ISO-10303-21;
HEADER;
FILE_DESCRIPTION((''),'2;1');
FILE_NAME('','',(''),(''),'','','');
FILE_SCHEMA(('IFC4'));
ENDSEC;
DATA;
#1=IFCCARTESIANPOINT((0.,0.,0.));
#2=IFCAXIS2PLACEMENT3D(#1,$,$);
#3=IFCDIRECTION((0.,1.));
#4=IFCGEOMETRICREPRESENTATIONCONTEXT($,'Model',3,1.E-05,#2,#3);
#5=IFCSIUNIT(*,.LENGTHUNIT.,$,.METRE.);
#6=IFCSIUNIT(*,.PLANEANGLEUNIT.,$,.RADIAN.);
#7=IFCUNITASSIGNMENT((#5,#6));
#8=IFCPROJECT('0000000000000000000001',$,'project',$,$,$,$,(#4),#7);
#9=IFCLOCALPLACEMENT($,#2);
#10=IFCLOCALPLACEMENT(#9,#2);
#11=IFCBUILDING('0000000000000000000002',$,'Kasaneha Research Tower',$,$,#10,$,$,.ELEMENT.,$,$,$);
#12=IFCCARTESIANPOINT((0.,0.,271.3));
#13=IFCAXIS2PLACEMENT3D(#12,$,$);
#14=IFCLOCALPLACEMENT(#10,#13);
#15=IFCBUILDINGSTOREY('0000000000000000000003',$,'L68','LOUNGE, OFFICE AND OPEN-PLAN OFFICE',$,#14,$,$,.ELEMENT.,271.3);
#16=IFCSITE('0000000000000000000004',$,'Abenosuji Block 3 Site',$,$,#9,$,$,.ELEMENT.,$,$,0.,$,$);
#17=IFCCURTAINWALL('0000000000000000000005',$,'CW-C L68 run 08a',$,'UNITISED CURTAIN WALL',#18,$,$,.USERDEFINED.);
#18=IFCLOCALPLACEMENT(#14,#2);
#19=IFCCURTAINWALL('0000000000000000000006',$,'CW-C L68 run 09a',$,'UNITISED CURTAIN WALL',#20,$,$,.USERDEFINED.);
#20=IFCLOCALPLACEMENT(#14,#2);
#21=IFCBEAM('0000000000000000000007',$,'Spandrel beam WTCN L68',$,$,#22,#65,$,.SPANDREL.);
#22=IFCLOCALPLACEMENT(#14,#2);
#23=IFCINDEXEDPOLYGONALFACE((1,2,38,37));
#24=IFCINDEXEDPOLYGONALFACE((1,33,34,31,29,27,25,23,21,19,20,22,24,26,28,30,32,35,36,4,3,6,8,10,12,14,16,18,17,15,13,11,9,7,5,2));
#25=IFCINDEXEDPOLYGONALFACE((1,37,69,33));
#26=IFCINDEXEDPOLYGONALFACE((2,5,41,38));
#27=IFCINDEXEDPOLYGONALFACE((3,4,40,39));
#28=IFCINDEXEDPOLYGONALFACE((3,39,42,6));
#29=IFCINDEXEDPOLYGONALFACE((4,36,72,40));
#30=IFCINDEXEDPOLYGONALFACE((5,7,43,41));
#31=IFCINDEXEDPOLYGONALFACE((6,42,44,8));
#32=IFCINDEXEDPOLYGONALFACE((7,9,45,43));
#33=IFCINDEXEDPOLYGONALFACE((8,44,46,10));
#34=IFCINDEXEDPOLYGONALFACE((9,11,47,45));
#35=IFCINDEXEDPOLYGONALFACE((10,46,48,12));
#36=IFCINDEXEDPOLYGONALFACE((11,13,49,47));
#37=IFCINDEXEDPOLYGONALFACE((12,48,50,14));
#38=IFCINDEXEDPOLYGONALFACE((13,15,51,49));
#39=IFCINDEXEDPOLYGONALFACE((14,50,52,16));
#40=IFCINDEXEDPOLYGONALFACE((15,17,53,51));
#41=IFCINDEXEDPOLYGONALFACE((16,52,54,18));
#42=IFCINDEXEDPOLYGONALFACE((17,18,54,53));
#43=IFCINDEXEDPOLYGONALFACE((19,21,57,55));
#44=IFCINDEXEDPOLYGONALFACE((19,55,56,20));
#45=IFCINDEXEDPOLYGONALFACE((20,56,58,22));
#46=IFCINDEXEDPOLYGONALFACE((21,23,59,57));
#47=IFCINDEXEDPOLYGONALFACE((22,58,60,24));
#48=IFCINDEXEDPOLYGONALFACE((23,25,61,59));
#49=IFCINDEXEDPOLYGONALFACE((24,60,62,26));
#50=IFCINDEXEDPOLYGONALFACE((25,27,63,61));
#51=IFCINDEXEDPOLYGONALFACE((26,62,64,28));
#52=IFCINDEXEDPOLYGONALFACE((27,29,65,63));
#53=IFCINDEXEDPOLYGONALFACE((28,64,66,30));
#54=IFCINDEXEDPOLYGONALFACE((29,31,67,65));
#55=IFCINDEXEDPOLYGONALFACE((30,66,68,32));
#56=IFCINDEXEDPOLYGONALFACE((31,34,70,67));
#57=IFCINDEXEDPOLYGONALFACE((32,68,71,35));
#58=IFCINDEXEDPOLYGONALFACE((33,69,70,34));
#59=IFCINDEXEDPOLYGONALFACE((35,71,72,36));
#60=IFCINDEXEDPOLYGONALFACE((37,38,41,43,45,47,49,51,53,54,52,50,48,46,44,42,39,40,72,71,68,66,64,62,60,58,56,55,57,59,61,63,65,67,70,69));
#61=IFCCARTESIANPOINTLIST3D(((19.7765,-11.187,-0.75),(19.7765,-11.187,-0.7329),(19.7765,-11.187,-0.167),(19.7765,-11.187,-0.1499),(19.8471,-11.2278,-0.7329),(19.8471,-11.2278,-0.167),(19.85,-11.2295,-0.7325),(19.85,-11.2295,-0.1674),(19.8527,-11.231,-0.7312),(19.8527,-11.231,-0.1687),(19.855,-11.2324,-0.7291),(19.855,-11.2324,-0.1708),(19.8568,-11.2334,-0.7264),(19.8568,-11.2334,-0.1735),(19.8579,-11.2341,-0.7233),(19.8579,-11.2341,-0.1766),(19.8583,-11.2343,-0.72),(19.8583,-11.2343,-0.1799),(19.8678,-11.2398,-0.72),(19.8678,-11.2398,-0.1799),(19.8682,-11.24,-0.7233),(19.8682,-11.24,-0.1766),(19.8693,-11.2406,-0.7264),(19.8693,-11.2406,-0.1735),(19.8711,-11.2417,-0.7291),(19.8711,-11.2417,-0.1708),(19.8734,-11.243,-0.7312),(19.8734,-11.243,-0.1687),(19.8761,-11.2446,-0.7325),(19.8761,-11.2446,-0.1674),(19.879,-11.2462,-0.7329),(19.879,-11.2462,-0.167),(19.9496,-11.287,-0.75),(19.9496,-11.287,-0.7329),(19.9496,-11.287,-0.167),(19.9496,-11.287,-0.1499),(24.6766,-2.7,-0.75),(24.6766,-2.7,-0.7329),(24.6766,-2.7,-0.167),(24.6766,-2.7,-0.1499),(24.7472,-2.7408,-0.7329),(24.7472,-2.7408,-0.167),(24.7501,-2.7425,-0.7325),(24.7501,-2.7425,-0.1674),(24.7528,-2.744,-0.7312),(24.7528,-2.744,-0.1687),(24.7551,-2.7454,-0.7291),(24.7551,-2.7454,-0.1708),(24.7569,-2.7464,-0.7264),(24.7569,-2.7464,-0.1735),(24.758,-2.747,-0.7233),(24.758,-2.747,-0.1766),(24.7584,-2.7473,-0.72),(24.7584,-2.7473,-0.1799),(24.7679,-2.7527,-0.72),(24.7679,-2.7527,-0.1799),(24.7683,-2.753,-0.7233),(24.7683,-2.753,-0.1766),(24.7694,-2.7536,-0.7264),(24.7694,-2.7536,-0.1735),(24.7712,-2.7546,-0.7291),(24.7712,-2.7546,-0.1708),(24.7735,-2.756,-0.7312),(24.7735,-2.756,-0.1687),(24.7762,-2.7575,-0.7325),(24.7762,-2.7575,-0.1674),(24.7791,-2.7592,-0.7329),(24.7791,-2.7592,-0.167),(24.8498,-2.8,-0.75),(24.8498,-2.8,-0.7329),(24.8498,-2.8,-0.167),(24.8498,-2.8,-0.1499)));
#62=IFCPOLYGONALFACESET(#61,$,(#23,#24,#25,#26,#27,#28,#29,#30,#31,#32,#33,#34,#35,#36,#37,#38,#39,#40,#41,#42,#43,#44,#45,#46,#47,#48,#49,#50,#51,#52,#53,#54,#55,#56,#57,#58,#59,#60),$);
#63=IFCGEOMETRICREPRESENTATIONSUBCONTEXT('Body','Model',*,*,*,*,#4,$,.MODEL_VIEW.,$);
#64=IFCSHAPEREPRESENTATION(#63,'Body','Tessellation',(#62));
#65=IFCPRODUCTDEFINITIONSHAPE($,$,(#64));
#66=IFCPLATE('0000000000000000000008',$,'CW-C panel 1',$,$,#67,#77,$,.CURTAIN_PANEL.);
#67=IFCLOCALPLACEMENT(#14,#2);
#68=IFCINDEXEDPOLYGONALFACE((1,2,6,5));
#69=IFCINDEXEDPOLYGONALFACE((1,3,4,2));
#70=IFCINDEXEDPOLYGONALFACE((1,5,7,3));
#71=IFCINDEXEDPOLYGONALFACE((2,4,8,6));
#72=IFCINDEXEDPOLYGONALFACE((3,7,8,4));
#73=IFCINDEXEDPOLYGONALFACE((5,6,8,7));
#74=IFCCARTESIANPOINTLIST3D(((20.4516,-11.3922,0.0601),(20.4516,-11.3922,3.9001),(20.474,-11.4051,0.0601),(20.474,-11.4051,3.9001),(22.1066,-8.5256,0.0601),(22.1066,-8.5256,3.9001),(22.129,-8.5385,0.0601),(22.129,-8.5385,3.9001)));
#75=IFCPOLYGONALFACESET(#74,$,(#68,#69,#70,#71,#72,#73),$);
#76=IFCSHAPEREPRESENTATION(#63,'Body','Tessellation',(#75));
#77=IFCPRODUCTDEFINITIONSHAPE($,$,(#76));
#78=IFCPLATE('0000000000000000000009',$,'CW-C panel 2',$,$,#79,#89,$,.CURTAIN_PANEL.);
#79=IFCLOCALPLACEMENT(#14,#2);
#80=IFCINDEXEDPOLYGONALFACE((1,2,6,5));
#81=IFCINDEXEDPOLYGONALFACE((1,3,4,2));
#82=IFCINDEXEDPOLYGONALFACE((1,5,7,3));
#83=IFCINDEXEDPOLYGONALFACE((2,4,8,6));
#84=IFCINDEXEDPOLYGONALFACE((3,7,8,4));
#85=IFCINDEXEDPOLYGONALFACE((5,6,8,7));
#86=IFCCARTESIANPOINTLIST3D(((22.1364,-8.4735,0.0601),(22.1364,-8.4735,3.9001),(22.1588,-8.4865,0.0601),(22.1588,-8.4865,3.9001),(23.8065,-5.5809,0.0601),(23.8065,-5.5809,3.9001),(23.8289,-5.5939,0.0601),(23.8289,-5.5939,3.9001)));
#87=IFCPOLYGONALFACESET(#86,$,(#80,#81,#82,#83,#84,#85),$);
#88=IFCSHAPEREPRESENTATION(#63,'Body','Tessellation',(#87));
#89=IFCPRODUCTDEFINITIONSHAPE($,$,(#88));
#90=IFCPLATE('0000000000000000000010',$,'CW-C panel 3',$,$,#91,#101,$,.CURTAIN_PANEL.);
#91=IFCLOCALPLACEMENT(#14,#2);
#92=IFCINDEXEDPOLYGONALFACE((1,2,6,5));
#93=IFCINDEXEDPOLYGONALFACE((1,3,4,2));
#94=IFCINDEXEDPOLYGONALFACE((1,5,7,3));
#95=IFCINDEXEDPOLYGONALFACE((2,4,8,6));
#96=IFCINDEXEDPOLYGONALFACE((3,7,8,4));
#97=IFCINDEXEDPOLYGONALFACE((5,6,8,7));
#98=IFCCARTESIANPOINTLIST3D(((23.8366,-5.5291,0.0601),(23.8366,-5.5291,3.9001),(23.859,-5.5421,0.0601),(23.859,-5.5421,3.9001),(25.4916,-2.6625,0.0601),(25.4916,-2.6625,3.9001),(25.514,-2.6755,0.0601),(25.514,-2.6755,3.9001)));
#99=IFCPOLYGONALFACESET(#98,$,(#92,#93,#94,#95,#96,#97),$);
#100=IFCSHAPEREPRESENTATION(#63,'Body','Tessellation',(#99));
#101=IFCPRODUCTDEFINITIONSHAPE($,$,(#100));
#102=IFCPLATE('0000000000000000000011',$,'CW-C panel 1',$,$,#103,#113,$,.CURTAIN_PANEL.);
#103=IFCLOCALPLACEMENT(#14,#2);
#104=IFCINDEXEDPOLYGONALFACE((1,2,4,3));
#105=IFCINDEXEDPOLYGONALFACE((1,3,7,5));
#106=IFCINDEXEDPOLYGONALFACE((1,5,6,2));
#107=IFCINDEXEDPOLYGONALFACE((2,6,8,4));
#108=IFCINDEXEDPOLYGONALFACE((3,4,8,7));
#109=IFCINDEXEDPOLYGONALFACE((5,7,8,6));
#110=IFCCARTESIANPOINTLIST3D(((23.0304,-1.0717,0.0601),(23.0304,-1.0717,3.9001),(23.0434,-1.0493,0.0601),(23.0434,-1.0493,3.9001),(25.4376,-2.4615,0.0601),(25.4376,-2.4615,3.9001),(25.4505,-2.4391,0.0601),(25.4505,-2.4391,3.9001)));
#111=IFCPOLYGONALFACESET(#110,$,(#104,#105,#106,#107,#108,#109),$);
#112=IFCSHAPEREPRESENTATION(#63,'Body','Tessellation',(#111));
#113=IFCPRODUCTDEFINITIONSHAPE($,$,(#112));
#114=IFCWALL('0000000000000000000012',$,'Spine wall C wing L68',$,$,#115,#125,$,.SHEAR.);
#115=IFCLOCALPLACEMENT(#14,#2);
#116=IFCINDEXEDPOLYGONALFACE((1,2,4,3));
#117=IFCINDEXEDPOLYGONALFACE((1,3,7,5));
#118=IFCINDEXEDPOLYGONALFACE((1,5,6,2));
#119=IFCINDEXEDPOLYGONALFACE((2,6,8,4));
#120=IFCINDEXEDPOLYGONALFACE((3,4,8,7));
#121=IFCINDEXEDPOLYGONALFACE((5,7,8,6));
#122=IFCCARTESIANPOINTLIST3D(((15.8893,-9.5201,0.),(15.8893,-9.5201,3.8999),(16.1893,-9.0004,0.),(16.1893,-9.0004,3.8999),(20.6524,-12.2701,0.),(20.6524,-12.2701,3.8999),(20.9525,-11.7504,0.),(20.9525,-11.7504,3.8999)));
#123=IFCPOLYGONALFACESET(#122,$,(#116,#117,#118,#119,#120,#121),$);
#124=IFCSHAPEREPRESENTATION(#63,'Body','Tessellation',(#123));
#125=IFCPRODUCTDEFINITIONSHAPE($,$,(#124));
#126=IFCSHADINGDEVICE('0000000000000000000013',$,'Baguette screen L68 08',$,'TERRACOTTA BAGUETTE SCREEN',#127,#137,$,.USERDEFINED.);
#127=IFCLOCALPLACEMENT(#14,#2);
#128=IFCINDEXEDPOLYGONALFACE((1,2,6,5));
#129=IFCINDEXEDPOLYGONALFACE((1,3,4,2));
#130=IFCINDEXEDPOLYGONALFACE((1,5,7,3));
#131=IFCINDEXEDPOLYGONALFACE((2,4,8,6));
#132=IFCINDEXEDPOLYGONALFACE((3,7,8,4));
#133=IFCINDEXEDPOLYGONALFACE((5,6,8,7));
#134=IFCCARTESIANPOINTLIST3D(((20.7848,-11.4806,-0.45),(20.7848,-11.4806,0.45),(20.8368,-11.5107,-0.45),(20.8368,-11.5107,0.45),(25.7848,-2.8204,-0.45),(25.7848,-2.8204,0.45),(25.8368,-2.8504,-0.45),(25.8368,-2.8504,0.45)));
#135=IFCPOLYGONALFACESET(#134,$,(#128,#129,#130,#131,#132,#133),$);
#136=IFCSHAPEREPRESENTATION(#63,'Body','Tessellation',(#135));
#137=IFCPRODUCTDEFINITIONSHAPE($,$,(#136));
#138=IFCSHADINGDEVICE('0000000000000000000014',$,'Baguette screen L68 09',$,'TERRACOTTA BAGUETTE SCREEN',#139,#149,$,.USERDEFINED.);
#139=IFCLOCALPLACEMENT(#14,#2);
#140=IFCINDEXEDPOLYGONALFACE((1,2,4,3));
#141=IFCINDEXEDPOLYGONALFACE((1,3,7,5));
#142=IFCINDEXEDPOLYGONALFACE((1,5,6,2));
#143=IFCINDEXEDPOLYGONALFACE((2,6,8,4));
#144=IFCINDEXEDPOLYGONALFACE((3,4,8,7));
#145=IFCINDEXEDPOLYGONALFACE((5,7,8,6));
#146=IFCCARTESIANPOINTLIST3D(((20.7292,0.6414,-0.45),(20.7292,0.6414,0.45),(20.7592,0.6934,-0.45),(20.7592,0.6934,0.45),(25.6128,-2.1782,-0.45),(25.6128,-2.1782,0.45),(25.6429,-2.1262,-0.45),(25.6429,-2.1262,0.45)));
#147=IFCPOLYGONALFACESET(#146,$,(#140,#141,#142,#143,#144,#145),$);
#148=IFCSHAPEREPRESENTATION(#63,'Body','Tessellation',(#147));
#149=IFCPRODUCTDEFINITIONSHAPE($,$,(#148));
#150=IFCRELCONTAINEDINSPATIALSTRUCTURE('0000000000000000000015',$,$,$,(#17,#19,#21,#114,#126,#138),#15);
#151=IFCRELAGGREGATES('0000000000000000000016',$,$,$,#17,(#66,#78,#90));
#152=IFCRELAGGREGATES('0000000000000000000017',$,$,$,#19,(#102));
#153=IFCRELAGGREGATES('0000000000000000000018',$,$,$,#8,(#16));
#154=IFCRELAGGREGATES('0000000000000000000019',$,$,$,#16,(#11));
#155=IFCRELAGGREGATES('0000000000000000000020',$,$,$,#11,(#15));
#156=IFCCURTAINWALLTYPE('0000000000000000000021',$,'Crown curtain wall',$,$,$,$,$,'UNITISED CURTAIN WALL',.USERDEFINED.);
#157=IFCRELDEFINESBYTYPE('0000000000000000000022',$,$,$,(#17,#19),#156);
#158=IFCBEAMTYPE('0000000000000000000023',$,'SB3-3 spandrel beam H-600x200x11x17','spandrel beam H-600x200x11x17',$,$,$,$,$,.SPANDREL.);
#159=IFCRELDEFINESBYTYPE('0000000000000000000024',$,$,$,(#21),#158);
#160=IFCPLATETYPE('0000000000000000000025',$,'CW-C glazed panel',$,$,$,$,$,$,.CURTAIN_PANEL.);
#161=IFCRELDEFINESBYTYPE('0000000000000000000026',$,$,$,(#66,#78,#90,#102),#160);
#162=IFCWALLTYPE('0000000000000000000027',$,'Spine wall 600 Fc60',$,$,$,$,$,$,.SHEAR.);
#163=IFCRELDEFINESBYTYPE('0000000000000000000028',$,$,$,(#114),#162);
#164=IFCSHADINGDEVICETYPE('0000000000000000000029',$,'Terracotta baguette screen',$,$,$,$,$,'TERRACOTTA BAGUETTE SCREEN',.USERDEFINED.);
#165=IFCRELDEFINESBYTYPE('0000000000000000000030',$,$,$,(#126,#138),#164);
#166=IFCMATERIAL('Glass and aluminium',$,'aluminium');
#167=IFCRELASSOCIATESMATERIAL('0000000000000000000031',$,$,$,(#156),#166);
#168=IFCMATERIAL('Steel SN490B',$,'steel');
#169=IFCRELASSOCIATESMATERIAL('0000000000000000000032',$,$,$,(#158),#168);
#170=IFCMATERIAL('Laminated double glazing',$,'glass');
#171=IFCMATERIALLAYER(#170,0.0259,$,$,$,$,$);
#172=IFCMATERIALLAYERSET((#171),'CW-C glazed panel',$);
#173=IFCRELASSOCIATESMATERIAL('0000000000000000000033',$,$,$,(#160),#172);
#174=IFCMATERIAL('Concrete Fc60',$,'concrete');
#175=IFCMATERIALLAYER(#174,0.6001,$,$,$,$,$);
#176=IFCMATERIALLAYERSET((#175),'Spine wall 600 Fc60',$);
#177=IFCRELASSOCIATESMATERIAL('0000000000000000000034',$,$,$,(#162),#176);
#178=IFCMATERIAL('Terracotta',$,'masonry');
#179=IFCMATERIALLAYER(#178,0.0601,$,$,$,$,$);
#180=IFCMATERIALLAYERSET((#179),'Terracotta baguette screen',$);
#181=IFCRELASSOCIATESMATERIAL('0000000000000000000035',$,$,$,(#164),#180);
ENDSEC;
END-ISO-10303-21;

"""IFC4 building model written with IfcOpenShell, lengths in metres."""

from ifc_helpers import new_model, si_unit, direction, frame, frame_2d, origin, origin_2d, place, context, subcontext, project, spatial, rectangle, i_section, extrude, material, layer, layer_set, material_profile, profile_set, type_object, element, aggregate, save


model = new_model("IFC4")

# Units and contexts
model_context = context("Model", 3, precision=1e-05, world=origin(), true_north=direction((0.0, 1.0)))
body_context = subcontext(model_context, "Body", "Model", "MODEL_VIEW")
ifc_project = project(units=[si_unit("LENGTHUNIT", "METRE"), si_unit("PLANEANGLEUNIT", "RADIAN")], contexts=[model_context])

# Site, building, storey
site_placement = place(None, origin())
site = spatial("IfcSite", under=ifc_project, at=site_placement, Name="Abenosuji Block 3 Site", CompositionType="ELEMENT", RefElevation=0.0)
building_placement = place(site_placement, origin())
building = spatial("IfcBuilding", under=site, at=building_placement, Name="Kasaneha Research Tower", CompositionType="ELEMENT")
storey_placement = place(building_placement, frame((0.0, 0.0, 271.3)))
storey = spatial("IfcBuildingStorey", under=building, at=storey_placement, Name="L68", Description="LOUNGE, OFFICE AND OPEN-PLAN OFFICE", CompositionType="ELEMENT", Elevation=271.3)

# Curtain walls
ifc_material_1 = material(Name="Glass and aluminium", Category="aluminium")
curtain_wall_type = type_object("IfcCurtainWallType", Name="Crown curtain wall", ElementType="UNITISED CURTAIN WALL", PredefinedType="USERDEFINED", material=ifc_material_1)
curtain_wall_1_placement = place(storey_placement, origin())
curtain_wall_1 = element("IfcCurtainWall", 1, at=curtain_wall_1_placement, inside=storey, type_object=curtain_wall_type, Name="CW-C L68 run 08a", ObjectType="UNITISED CURTAIN WALL", PredefinedType="USERDEFINED")
curtain_wall_2_placement = place(storey_placement, origin())
curtain_wall_2 = element("IfcCurtainWall", 2, at=curtain_wall_2_placement, inside=storey, type_object=curtain_wall_type, Name="CW-C L68 run 09a", ObjectType="UNITISED CURTAIN WALL", PredefinedType="USERDEFINED")

# Beam
ifc_material_2 = material(Name="Steel SN490B", Category="steel")
ifc_material_profile_1 = material_profile(ifc_material_2, i_section(OverallWidth=0.2, OverallDepth=0.6001, WebThickness=0.011, FlangeThickness=0.0171, FilletRadius=0.0129, at=origin_2d()), Name="H-600x200x11x17")
ifc_profile_set_1 = profile_set([ifc_material_profile_1], Name="Steel SN490B")
beam_type_1 = type_object("IfcBeamType", Name="SB3-3 spandrel beam H-600x200x11x17", Description="spandrel beam H-600x200x11x17", PredefinedType="SPANDREL", material=ifc_profile_set_1)
beam_1_placement = place(storey_placement, frame((24.7632, -2.75, -0.45), z_axis=(-0.500011, -0.866019, 0.0), x_axis=(0.866019, -0.500011, 0.0)))
element("IfcBeam", 3, at=beam_1_placement, inside=storey, type_object=beam_type_1, Name="Spandrel beam WTCN L68", PredefinedType="SPANDREL", context=body_context, shape_type="SweptSolid", body=[
    extrude(i_section(OverallWidth=0.2, OverallDepth=0.6001, WebThickness=0.011, FlangeThickness=0.0171, FilletRadius=0.0129, at=origin_2d()), origin(), (0.0, 0.0, 1.0), 9.8),
])

# Plates
ifc_material_3 = material(Name="Laminated double glazing", Category="glass")
ifc_layer_1 = layer(ifc_material_3, 0.0259)
ifc_layer_set_1 = layer_set([ifc_layer_1], Name="CW-C glazed panel")
plate_type = type_object("IfcPlateType", Name="CW-C glazed panel", PredefinedType="CURTAIN_PANEL", material=ifc_layer_set_1)
plate_1_placement = place(storey_placement, frame((21.2903, -9.9653, 0.0601), z_axis=(0.0, 0.0, 1.0), x_axis=(0.5, 0.866025, 0.0)))
plate_1 = element("IfcPlate", 4, at=plate_1_placement, type_object=plate_type, Name="CW-C panel 1", PredefinedType="CURTAIN_PANEL", context=body_context, shape_type="SweptSolid", body=[
    extrude(rectangle(XDim=3.3101, YDim=0.0259, at=origin_2d()), origin(), (0.0, 0.0, 1.0), 3.8401),
])
plate_2_placement = place(storey_placement, frame((22.9827, -7.0337, 0.0601), z_axis=(0.0, 0.0, 1.0), x_axis=(0.5, 0.866025, 0.0)))
plate_2 = element("IfcPlate", 5, at=plate_2_placement, type_object=plate_type, Name="CW-C panel 2", PredefinedType="CURTAIN_PANEL", context=body_context, shape_type="SweptSolid", body=[
    extrude(rectangle(XDim=3.3401, YDim=0.0259, at=origin_2d()), origin(), (0.0, 0.0, 1.0), 3.8401),
])
plate_3_placement = place(storey_placement, frame((24.6753, -4.1023, 0.0601), z_axis=(0.0, 0.0, 1.0), x_axis=(0.5, 0.866025, 0.0)))
plate_3 = element("IfcPlate", 6, at=plate_3_placement, type_object=plate_type, Name="CW-C panel 3", PredefinedType="CURTAIN_PANEL", context=body_context, shape_type="SweptSolid", body=[
    extrude(rectangle(XDim=3.3101, YDim=0.0259, at=origin_2d()), origin(), (0.0, 0.0, 1.0), 3.8401),
])
aggregate(curtain_wall_1, [plate_1, plate_2, plate_3])
plate_4_placement = place(storey_placement, frame((24.2405, -1.7554, 0.0601), z_axis=(0.0, 0.0, 1.0), x_axis=(-0.866025, 0.5, 0.0)))
plate_4 = element("IfcPlate", 7, at=plate_4_placement, type_object=plate_type, Name="CW-C panel 1", PredefinedType="CURTAIN_PANEL", context=body_context, shape_type="SweptSolid", body=[
    extrude(rectangle(XDim=2.7795, YDim=0.0259, at=origin_2d()), origin(), (0.0, 0.0, 1.0), 3.8401),
])
aggregate(curtain_wall_2, [plate_4])

# Wall
ifc_material_4 = material(Name="Concrete Fc60", Category="concrete")
ifc_layer_2 = layer(ifc_material_4, 0.6001)
ifc_layer_set_2 = layer_set([ifc_layer_2], Name="Spine wall 600 Fc60")
wall_type = type_object("IfcWallType", Name="Spine wall 600 Fc60", PredefinedType="SHEAR", material=ifc_layer_set_2)
wall_placement = place(storey_placement, frame((16.0393, -9.2603, 0.0), z_axis=(0.0, 0.0, 1.0), x_axis=(0.866027, -0.499997, 0.0)))
element("IfcWall", 8, at=wall_placement, inside=storey, type_object=wall_type, Name="Spine wall C wing L68", PredefinedType="SHEAR", context=body_context, shape_type="SweptSolid", body=[
    extrude(rectangle(XDim=5.5, YDim=0.6001, at=frame_2d((2.75, 0.0))), origin(), (0.0, 0.0, 1.0), 3.8999),
])

# Shading devices
ifc_material_5 = material(Name="Terracotta", Category="masonry")
ifc_layer_3 = layer(ifc_material_5, 0.0601)
ifc_layer_set_3 = layer_set([ifc_layer_3], Name="Terracotta baguette screen")
shading_device_type = type_object("IfcShadingDeviceType", Name="Terracotta baguette screen", ElementType="TERRACOTTA BAGUETTE SCREEN", PredefinedType="USERDEFINED", material=ifc_layer_set_3)
shading_device_1_placement = place(storey_placement, frame((23.3108, -7.1655, -0.45), z_axis=(0.0, 0.0, 1.0), x_axis=(0.5, 0.866025, 0.0)))
element("IfcShadingDevice", 9, at=shading_device_1_placement, inside=storey, type_object=shading_device_type, Name="Baguette screen L68 08", ObjectType="TERRACOTTA BAGUETTE SCREEN", PredefinedType="USERDEFINED", context=body_context, shape_type="SweptSolid", body=[
    extrude(rectangle(XDim=10.0, YDim=0.0601, at=origin_2d()), origin(), (0.0, 0.0, 1.0), 0.8999),
])
shading_device_2_placement = place(storey_placement, frame((23.186, -0.7424, -0.45), z_axis=(0.0, 0.0, 1.0), x_axis=(-0.866025, 0.5, 0.0)))
element("IfcShadingDevice", 10, at=shading_device_2_placement, inside=storey, type_object=shading_device_type, Name="Baguette screen L68 09", ObjectType="TERRACOTTA BAGUETTE SCREEN", PredefinedType="USERDEFINED", context=body_context, shape_type="SweptSolid", body=[
    extrude(rectangle(XDim=5.6392, YDim=0.0601, at=origin_2d()), origin(), (0.0, 0.0, 1.0), 0.8999),
])

save(model, "model.ifc")
